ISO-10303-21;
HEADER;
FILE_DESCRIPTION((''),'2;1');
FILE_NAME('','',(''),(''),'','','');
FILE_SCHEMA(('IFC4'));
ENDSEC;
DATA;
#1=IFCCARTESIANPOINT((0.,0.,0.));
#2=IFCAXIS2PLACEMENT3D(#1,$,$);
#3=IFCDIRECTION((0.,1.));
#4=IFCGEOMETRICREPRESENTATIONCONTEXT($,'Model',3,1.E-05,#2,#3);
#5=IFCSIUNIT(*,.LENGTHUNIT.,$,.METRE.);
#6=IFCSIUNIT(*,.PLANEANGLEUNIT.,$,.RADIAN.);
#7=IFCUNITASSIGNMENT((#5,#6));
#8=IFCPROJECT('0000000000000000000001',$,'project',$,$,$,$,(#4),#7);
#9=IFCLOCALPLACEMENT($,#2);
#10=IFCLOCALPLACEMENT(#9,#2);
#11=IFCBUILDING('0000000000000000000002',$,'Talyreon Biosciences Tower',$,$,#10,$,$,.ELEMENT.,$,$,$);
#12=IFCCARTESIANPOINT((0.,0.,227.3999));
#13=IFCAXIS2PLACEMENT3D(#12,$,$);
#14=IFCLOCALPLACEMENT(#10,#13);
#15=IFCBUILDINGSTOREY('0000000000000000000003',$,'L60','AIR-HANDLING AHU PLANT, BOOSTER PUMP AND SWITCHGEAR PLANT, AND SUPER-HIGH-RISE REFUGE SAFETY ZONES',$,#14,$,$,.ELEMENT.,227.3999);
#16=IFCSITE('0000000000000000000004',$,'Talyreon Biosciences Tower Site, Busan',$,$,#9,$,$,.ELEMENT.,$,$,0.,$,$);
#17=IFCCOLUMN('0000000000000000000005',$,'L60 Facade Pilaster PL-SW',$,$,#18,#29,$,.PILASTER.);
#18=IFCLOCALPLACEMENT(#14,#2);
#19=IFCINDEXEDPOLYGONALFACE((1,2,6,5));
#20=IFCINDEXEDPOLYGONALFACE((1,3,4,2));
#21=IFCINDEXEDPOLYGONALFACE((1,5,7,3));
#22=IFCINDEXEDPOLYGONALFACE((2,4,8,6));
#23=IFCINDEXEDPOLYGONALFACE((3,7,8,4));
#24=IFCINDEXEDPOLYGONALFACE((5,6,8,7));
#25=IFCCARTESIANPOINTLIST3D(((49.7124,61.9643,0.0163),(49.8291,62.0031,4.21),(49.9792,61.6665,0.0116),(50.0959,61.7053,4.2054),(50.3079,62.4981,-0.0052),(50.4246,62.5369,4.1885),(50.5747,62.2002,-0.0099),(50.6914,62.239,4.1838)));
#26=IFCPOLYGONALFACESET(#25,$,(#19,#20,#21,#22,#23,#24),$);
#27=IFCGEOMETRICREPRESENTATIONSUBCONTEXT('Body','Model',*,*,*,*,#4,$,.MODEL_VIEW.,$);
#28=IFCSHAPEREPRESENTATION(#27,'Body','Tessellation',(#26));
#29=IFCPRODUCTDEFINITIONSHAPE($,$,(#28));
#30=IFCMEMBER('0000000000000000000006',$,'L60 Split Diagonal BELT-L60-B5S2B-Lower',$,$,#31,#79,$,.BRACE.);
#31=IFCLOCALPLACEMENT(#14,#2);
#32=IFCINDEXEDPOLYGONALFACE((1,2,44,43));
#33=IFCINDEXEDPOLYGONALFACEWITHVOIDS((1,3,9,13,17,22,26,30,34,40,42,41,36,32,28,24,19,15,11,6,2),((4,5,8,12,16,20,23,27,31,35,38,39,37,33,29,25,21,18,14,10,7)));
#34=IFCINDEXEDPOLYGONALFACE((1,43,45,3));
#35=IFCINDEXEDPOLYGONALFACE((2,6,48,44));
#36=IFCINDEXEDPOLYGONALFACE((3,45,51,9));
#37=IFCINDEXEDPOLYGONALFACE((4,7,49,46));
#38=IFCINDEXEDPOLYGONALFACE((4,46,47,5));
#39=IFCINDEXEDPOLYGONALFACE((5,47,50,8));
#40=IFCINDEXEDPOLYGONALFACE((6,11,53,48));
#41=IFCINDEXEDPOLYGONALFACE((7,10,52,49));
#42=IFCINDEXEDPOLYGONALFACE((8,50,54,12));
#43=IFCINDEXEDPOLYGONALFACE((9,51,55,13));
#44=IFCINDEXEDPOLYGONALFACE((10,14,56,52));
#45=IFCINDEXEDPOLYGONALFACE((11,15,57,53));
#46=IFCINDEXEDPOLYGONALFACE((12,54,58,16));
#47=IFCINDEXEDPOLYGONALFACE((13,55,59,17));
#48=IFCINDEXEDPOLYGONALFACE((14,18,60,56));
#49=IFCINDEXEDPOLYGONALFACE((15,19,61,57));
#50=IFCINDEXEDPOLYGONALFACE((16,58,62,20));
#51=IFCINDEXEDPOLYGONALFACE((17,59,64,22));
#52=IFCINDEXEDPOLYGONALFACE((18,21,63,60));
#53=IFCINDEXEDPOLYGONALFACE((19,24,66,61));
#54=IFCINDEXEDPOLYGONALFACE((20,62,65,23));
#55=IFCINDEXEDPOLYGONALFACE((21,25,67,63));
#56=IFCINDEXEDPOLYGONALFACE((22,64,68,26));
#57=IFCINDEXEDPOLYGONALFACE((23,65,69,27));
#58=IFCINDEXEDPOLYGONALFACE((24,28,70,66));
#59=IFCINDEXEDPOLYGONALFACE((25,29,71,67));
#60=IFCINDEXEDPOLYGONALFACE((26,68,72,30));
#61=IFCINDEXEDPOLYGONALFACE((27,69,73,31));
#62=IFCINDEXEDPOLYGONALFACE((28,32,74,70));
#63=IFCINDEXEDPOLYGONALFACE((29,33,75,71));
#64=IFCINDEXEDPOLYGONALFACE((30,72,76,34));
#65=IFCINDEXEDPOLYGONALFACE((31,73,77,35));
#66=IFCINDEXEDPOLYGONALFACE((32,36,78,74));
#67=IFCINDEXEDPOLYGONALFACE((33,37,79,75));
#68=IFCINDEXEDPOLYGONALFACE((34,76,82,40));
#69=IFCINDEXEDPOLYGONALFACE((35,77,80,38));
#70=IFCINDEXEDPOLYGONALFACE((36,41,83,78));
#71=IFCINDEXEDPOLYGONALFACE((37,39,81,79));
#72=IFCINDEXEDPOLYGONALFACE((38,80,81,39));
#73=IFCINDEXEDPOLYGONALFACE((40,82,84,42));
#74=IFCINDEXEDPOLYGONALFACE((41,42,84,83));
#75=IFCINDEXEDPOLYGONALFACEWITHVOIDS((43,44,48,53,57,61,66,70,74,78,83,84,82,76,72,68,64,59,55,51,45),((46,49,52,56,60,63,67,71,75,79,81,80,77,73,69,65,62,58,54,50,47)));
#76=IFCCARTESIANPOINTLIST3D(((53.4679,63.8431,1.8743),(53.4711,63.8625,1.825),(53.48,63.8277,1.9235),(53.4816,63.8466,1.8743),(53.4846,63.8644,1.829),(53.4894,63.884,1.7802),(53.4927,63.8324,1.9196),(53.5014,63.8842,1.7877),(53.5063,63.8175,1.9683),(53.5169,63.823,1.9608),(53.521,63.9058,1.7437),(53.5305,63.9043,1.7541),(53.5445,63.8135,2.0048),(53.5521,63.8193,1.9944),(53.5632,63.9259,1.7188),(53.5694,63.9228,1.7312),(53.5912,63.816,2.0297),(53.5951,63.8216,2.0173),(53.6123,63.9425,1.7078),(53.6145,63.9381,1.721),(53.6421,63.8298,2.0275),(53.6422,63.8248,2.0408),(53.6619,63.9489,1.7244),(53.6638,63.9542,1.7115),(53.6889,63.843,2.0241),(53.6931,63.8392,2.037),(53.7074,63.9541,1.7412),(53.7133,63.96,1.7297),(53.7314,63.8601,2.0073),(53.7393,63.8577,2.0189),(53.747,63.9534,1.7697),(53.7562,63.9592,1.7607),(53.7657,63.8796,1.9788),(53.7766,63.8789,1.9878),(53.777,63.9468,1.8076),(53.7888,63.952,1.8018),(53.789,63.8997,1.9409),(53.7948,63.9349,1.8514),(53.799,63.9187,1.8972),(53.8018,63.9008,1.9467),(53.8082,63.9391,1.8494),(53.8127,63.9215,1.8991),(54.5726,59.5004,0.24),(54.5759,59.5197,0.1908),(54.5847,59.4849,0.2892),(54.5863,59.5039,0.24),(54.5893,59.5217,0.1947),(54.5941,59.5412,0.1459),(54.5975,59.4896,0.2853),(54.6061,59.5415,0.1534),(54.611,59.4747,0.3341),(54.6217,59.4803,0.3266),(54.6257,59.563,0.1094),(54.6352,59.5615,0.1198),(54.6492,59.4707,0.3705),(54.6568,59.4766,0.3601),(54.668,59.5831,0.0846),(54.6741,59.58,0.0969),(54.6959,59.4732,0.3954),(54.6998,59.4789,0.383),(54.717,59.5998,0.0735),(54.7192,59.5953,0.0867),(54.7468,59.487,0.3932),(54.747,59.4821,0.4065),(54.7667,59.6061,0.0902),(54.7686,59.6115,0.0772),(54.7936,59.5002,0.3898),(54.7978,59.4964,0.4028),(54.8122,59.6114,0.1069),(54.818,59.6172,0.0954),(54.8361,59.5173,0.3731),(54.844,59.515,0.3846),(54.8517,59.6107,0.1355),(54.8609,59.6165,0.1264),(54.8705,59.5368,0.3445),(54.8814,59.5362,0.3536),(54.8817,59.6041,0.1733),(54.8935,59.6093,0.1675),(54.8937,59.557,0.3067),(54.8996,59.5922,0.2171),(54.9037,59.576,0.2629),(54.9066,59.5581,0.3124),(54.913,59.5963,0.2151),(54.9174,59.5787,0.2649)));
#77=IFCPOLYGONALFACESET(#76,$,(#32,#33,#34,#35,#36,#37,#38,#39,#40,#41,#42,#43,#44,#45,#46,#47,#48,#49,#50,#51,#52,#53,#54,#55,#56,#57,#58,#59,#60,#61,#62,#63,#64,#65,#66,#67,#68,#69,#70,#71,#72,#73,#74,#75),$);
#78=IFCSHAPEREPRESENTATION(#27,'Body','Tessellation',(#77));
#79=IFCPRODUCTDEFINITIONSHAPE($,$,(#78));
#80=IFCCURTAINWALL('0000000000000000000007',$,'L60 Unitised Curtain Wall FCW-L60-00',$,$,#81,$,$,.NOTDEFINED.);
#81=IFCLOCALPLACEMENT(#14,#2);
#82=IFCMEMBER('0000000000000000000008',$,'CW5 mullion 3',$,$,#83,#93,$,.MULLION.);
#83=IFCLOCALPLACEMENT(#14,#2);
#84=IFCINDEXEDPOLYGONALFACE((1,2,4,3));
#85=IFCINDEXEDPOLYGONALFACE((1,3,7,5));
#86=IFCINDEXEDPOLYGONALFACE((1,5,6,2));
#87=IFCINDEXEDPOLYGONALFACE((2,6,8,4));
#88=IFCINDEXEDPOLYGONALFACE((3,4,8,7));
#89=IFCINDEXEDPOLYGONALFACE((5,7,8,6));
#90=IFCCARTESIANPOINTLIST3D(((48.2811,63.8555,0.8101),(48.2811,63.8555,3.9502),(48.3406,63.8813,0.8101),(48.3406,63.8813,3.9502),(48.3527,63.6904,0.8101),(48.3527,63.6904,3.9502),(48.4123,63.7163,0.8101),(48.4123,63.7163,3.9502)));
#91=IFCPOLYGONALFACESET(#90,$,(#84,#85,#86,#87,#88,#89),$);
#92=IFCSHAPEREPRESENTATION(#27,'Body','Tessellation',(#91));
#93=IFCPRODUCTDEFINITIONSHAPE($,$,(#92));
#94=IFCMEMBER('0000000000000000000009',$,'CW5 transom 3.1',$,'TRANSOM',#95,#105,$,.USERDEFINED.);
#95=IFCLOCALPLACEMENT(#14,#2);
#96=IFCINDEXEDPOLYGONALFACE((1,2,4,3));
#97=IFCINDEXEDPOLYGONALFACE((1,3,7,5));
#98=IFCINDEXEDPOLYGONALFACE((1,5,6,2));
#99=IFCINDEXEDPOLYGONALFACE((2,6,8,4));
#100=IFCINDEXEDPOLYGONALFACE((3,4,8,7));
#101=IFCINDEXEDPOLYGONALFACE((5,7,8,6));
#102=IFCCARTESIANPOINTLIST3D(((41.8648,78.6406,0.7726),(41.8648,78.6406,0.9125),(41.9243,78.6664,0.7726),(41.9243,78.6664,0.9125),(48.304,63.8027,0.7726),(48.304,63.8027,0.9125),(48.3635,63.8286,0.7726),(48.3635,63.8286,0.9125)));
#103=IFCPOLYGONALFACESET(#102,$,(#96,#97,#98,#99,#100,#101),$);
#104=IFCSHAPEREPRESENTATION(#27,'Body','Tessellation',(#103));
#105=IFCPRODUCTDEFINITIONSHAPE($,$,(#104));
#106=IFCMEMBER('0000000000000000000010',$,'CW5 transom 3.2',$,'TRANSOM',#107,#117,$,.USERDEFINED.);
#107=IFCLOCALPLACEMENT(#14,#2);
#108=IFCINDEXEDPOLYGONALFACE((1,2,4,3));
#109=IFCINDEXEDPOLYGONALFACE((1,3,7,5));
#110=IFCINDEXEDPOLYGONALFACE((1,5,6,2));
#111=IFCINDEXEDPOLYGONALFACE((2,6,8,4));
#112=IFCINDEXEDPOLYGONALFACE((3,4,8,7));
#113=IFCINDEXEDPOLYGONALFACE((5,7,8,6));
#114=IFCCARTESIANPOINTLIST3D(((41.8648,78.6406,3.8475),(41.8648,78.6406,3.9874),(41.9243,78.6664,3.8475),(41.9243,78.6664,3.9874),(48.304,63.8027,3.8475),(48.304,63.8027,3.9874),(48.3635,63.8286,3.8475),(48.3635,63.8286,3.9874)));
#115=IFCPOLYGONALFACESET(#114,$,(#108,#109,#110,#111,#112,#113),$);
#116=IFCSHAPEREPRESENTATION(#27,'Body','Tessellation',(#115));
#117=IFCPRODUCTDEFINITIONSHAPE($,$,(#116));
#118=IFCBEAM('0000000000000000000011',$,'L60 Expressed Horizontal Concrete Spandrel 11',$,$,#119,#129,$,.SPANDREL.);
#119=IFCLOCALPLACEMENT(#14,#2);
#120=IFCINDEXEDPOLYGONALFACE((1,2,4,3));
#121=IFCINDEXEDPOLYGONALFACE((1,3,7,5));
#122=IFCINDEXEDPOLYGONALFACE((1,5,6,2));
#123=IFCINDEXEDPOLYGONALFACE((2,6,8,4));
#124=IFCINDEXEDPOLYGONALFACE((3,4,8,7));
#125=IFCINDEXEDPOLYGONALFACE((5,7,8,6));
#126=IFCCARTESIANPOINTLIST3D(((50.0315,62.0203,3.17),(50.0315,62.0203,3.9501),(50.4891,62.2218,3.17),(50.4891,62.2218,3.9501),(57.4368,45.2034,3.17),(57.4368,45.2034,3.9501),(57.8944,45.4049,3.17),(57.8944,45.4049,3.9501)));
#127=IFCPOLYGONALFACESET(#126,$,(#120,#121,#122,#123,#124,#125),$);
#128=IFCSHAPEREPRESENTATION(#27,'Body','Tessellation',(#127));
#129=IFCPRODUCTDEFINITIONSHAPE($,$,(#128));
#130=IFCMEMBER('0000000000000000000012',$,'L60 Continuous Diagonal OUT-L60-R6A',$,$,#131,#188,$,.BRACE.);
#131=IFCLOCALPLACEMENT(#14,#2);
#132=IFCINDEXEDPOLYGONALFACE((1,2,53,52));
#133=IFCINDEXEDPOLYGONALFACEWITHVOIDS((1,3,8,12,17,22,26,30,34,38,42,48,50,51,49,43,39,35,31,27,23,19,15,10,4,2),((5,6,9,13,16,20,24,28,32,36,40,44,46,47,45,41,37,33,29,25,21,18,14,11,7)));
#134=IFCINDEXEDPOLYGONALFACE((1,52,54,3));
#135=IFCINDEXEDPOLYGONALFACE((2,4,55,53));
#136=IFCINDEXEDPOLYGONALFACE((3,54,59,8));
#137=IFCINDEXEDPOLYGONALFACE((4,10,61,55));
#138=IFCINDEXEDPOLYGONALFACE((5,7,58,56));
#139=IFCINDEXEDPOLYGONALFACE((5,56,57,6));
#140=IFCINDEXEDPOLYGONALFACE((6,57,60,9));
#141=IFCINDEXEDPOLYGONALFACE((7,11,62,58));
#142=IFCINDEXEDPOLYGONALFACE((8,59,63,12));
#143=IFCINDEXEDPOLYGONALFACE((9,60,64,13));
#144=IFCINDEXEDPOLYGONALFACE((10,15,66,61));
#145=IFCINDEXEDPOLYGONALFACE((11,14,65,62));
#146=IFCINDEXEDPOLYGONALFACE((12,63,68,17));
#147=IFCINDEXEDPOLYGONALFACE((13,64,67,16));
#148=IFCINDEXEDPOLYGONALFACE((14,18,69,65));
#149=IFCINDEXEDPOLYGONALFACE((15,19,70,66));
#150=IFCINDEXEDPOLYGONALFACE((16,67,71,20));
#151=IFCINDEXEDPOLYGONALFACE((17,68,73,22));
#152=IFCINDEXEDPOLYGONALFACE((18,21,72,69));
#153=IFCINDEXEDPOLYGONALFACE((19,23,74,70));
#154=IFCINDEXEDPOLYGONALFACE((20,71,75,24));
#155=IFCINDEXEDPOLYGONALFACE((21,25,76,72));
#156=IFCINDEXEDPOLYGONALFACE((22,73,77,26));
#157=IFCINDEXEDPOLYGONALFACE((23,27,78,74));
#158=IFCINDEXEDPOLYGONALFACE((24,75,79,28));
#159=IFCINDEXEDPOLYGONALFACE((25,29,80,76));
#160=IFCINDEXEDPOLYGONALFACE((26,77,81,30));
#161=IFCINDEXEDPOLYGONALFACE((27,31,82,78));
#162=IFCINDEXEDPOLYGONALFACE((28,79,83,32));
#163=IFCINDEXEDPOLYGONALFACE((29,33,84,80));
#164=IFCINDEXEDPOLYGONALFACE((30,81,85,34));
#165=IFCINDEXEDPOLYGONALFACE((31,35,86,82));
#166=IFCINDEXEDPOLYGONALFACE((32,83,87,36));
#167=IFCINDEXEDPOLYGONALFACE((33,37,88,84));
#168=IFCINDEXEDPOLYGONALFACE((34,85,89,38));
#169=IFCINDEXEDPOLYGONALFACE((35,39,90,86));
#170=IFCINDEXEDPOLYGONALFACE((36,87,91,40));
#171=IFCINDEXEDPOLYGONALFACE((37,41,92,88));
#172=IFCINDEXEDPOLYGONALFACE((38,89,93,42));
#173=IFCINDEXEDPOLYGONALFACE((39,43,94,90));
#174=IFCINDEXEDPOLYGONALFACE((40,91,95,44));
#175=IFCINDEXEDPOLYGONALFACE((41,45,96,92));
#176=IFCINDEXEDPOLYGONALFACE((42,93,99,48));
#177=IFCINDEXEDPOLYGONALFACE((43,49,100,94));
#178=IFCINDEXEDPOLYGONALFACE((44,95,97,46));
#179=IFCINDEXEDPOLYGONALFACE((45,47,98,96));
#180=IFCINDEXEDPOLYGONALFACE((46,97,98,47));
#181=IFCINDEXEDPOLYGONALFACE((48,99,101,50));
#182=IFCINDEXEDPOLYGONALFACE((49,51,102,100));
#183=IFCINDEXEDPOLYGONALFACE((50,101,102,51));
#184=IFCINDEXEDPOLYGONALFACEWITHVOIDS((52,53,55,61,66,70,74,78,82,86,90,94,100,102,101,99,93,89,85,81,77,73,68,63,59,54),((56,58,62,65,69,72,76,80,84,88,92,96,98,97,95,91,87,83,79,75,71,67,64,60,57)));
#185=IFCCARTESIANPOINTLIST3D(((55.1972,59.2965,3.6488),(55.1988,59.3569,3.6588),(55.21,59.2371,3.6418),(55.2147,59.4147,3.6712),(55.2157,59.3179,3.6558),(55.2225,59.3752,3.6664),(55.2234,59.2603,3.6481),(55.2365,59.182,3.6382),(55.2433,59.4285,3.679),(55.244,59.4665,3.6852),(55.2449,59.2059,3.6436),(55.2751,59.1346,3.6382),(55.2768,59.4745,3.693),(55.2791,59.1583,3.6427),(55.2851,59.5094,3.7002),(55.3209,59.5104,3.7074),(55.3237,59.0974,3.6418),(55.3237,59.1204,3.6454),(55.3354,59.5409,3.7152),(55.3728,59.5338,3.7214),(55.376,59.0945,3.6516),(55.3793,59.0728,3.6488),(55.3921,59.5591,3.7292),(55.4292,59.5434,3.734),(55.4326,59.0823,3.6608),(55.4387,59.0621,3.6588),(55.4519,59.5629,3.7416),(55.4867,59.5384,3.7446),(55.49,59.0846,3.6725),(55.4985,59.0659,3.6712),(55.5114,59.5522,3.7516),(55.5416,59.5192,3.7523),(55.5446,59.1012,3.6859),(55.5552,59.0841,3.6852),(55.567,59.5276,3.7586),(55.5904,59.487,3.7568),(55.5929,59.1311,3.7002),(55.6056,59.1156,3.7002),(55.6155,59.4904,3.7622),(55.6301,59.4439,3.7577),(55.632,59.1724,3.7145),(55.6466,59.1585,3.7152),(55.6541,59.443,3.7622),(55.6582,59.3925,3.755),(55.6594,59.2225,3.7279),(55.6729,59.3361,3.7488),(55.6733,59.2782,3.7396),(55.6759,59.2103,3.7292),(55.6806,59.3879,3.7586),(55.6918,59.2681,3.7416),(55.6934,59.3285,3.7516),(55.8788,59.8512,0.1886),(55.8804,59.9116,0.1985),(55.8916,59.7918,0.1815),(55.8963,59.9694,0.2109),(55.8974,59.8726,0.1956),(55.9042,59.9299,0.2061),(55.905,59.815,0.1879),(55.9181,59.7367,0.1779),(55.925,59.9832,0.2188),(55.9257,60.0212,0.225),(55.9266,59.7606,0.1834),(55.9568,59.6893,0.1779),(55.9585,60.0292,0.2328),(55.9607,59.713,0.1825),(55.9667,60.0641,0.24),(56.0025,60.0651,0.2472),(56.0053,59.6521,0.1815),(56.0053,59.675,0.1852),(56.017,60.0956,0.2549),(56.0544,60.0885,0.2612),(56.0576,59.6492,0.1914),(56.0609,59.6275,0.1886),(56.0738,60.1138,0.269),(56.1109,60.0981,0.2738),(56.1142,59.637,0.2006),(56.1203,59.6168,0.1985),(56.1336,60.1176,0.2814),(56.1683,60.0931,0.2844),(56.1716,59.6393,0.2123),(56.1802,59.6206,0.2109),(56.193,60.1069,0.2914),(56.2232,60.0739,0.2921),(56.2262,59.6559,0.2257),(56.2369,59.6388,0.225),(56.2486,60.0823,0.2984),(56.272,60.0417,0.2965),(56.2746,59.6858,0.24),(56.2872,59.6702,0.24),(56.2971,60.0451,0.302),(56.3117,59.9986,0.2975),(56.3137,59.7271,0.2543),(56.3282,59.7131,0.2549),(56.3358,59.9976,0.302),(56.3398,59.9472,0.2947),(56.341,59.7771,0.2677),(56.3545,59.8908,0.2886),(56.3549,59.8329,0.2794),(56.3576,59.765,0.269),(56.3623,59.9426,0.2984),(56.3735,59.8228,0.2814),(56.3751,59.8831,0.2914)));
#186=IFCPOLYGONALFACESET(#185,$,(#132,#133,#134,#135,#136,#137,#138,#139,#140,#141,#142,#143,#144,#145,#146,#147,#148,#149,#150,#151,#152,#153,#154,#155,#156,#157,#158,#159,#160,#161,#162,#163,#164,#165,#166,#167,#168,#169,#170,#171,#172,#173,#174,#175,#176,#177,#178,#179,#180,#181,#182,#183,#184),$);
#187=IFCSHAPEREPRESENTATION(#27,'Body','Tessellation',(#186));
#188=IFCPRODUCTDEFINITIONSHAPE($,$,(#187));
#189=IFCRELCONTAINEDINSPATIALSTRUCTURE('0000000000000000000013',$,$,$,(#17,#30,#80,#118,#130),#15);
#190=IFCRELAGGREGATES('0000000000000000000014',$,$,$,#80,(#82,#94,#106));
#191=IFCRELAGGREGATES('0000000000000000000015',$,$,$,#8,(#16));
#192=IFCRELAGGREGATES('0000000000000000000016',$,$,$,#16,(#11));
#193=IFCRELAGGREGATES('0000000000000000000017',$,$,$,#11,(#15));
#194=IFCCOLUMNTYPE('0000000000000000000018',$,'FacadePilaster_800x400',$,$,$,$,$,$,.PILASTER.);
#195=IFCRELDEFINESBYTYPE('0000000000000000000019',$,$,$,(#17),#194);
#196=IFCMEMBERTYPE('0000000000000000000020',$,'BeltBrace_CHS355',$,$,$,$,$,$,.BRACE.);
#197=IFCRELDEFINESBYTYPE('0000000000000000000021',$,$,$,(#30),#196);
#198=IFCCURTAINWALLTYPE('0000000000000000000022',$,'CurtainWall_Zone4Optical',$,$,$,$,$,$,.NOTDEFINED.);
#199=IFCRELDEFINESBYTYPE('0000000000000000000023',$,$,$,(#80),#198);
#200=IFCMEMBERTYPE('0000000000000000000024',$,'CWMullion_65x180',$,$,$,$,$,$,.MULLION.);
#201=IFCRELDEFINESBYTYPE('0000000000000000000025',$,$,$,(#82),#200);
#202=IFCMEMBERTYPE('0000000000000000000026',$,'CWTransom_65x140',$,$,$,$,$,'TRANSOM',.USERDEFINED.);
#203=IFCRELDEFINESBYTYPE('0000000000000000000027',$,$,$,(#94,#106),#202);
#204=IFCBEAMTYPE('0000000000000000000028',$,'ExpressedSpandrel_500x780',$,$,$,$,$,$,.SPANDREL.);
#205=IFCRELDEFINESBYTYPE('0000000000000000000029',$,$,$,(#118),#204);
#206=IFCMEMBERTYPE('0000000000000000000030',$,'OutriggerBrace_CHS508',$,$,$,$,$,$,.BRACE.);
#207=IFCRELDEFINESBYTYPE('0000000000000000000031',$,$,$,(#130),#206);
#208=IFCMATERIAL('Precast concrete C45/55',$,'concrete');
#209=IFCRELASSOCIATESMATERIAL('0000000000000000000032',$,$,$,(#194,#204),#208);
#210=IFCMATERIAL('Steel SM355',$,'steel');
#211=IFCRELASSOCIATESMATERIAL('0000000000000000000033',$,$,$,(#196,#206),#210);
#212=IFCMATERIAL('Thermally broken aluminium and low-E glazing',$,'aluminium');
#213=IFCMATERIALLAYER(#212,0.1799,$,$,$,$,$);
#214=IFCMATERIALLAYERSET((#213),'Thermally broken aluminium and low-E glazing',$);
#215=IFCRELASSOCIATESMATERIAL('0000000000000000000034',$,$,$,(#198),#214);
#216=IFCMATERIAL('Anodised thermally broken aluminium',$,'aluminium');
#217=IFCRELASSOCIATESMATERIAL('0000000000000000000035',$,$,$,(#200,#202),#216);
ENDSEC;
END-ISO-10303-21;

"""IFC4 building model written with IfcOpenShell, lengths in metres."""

from ifc_helpers import new_model, si_unit, direction, frame, origin, origin_2d, place, context, subcontext, project, spatial, rectangle, hollow_circle, extrude, material, layer, layer_set, material_profile, profile_set, type_object, element, aggregate, save


model = new_model("IFC4")

# Units and contexts
model_context = context("Model", 3, precision=1e-05, world=origin(), true_north=direction((0.0, 1.0)))
body_context = subcontext(model_context, "Body", "Model", "MODEL_VIEW")
ifc_project = project(units=[si_unit("LENGTHUNIT", "METRE"), si_unit("PLANEANGLEUNIT", "RADIAN")], contexts=[model_context])

# Site, building, storey
site_placement = place(None, origin())
site = spatial("IfcSite", under=ifc_project, at=site_placement, Name="Talyreon Biosciences Tower Site, Busan", CompositionType="ELEMENT", RefElevation=0.0)
building_placement = place(site_placement, origin())
building = spatial("IfcBuilding", under=site, at=building_placement, Name="Talyreon Biosciences Tower", CompositionType="ELEMENT")
storey_placement = place(building_placement, frame((0.0, 0.0, 227.3999)))
storey = spatial("IfcBuildingStorey", under=building, at=storey_placement, Name="L60", Description="AIR-HANDLING AHU PLANT, BOOSTER PUMP AND SWITCHGEAR PLANT, AND SUPER-HIGH-RISE REFUGE SAFETY ZONES", CompositionType="ELEMENT", Elevation=227.3999)

# Column
ifc_material_1 = material(Name="Precast concrete C45/55", Category="concrete")
ifc_material_profile_1 = material_profile(ifc_material_1, rectangle(XDim=0.8, YDim=0.3999, at=origin_2d()), Name="RC 800x400")
ifc_profile_set_1 = profile_set([ifc_material_profile_1], Name="Precast concrete C45/55")
column_type = type_object("IfcColumnType", Name="FacadePilaster_800x400", PredefinedType="PILASTER", material=ifc_profile_set_1)
column_placement = place(storey_placement, frame((50.1436, 62.0823, 0.0032), z_axis=(0.027814, 0.009252, 0.99957), x_axis=(0.744415, 0.667175, -0.02689)))
element("IfcColumn", 1, at=column_placement, inside=storey, type_object=column_type, Name="L60 Facade Pilaster PL-SW", PredefinedType="PILASTER", context=body_context, shape_type="SweptSolid", body=[
    extrude(rectangle(XDim=0.8, YDim=0.3999, at=origin_2d()), origin(), (0.0, 0.0, 1.0), 4.1956),
])

# Member
ifc_material_2 = material(Name="Steel SM355", Category="steel")
ifc_material_profile_2 = material_profile(ifc_material_2, hollow_circle(Radius=0.1777, WallThickness=0.0142, at=origin_2d()), Name="CHS 355.6x14.2")
ifc_profile_set_2 = profile_set([ifc_material_profile_2], Name="Steel SM355")
member_type_1 = type_object("IfcMemberType", Name="BeltBrace_CHS355", PredefinedType="BRACE", material=ifc_profile_set_2)
member_1_placement = place(storey_placement, frame((54.7449, 59.5442, 0.24), z_axis=(-0.231611, 0.910473, 0.34263), x_axis=(-0.969134, -0.246533, 0.0)))
element("IfcMember", 2, at=member_1_placement, inside=storey, type_object=member_type_1, Name="L60 Split Diagonal BELT-L60-B5S2B-Lower", PredefinedType="BRACE", context=body_context, shape_type="SweptSolid", body=[
    extrude(hollow_circle(Radius=0.1777, WallThickness=0.0142, at=origin_2d()), origin(), (0.0, 0.0, 1.0), 4.7698),
])

# Curtain wall, members
ifc_material_3 = material(Name="Thermally broken aluminium and low-E glazing", Category="aluminium")
ifc_layer_1 = layer(ifc_material_3, 0.1799)
ifc_layer_set_1 = layer_set([ifc_layer_1], Name="Thermally broken aluminium and low-E glazing")
curtain_wall_type = type_object("IfcCurtainWallType", Name="CurtainWall_Zone4Optical", PredefinedType="NOTDEFINED", material=ifc_layer_set_1)
curtain_wall_placement = place(storey_placement, origin())
curtain_wall = element("IfcCurtainWall", 3, at=curtain_wall_placement, inside=storey, type_object=curtain_wall_type, Name="L60 Unitised Curtain Wall FCW-L60-00", PredefinedType="NOTDEFINED")
ifc_material_4 = material(Name="Anodised thermally broken aluminium", Category="aluminium")
ifc_material_profile_3 = material_profile(ifc_material_4, rectangle(XDim=0.0649, YDim=0.1799, at=origin_2d()), Name="ALUM MULLION 65x180")
ifc_profile_set_3 = profile_set([ifc_material_profile_3], Name="Anodised thermally broken aluminium")
member_type_2 = type_object("IfcMemberType", Name="CWMullion_65x180", PredefinedType="MULLION", material=ifc_profile_set_3)
member_2_placement = place(storey_placement, frame((48.3467, 63.7859, 0.8101), z_axis=(0.0, 0.0, 1.0), x_axis=(-0.917337, -0.398112, 0.0)))
member_2 = element("IfcMember", 4, at=member_2_placement, type_object=member_type_2, Name="CW5 mullion 3", PredefinedType="MULLION", context=body_context, shape_type="SweptSolid", body=[
    extrude(rectangle(XDim=0.0649, YDim=0.1799, at=origin_2d()), origin(), (0.0, 0.0, 1.0), 3.1401),
])
ifc_material_profile_4 = material_profile(ifc_material_4, rectangle(XDim=0.0649, YDim=0.1399, at=origin_2d()), Name="ALUM TRANSOM 65x140")
ifc_profile_set_4 = profile_set([ifc_material_profile_4], Name="Anodised thermally broken aluminium")
member_type_3 = type_object("IfcMemberType", Name="CWTransom_65x140", ElementType="TRANSOM", PredefinedType="USERDEFINED", material=ifc_profile_set_4)
member_3_placement = place(storey_placement, frame((48.3337, 63.8157, 0.8425), z_axis=(-0.3981, 0.917342, 0.0), x_axis=(-0.917342, -0.3981, 0.0)))
member_3 = element("IfcMember", 5, at=member_3_placement, type_object=member_type_3, Name="CW5 transom 3.1", ObjectType="TRANSOM", PredefinedType="USERDEFINED", context=body_context, shape_type="SweptSolid", body=[
    extrude(rectangle(XDim=0.0649, YDim=0.1399, at=origin_2d()), origin(), (0.0, 0.0, 1.0), 16.1748),
])
member_4_placement = place(storey_placement, frame((48.3337, 63.8157, 3.9175), z_axis=(-0.3981, 0.917342, 0.0), x_axis=(-0.917342, -0.3981, 0.0)))
member_4 = element("IfcMember", 6, at=member_4_placement, type_object=member_type_3, Name="CW5 transom 3.2", ObjectType="TRANSOM", PredefinedType="USERDEFINED", context=body_context, shape_type="SweptSolid", body=[
    extrude(rectangle(XDim=0.0649, YDim=0.1399, at=origin_2d()), origin(), (0.0, 0.0, 1.0), 16.1748),
])
aggregate(curtain_wall, [member_2, member_3, member_4])

# Beam
ifc_material_profile_5 = material_profile(ifc_material_1, rectangle(XDim=0.5, YDim=0.78, at=origin_2d()), Name="RCB 500x780")
ifc_profile_set_5 = profile_set([ifc_material_profile_5], Name="Precast concrete C45/55")
beam_type = type_object("IfcBeamType", Name="ExpressedSpandrel_500x780", PredefinedType="SPANDREL", material=ifc_profile_set_5)
beam_placement = place(storey_placement, frame((50.2603, 62.1211, 3.5601), z_axis=(0.403005, -0.915198, 0.0), x_axis=(0.915198, 0.403005, 0.0)))
element("IfcBeam", 7, at=beam_placement, inside=storey, type_object=beam_type, Name="L60 Expressed Horizontal Concrete Spandrel 11", PredefinedType="SPANDREL", context=body_context, shape_type="SweptSolid", body=[
    extrude(rectangle(XDim=0.5, YDim=0.78, at=origin_2d()), origin(), (0.0, 0.0, 1.0), 18.3752),
])

# Member
ifc_material_profile_6 = material_profile(ifc_material_2, hollow_circle(Radius=0.2539, WallThickness=0.02, at=origin_2d()), Name="CHS 508x20")
ifc_profile_set_6 = profile_set([ifc_material_profile_6], Name="Steel SM355")
member_type_4 = type_object("IfcMemberType", Name="OutriggerBrace_CHS508", PredefinedType="BRACE", material=ifc_profile_set_6)
member_5_placement = place(storey_placement, frame((56.127, 59.8672, 0.24), z_axis=(-0.190933, -0.155372, 0.969229), x_axis=(0.631178, -0.775638, 0.0)))
element("IfcMember", 8, at=member_5_placement, inside=storey, type_object=member_type_4, Name="L60 Continuous Diagonal OUT-L60-R6A", PredefinedType="BRACE", context=body_context, shape_type="SweptSolid", body=[
    extrude(hollow_circle(Radius=0.2539, WallThickness=0.02, at=origin_2d()), origin(), (0.0, 0.0, 1.0), 3.5701),
])

save(model, "model.ifc")
